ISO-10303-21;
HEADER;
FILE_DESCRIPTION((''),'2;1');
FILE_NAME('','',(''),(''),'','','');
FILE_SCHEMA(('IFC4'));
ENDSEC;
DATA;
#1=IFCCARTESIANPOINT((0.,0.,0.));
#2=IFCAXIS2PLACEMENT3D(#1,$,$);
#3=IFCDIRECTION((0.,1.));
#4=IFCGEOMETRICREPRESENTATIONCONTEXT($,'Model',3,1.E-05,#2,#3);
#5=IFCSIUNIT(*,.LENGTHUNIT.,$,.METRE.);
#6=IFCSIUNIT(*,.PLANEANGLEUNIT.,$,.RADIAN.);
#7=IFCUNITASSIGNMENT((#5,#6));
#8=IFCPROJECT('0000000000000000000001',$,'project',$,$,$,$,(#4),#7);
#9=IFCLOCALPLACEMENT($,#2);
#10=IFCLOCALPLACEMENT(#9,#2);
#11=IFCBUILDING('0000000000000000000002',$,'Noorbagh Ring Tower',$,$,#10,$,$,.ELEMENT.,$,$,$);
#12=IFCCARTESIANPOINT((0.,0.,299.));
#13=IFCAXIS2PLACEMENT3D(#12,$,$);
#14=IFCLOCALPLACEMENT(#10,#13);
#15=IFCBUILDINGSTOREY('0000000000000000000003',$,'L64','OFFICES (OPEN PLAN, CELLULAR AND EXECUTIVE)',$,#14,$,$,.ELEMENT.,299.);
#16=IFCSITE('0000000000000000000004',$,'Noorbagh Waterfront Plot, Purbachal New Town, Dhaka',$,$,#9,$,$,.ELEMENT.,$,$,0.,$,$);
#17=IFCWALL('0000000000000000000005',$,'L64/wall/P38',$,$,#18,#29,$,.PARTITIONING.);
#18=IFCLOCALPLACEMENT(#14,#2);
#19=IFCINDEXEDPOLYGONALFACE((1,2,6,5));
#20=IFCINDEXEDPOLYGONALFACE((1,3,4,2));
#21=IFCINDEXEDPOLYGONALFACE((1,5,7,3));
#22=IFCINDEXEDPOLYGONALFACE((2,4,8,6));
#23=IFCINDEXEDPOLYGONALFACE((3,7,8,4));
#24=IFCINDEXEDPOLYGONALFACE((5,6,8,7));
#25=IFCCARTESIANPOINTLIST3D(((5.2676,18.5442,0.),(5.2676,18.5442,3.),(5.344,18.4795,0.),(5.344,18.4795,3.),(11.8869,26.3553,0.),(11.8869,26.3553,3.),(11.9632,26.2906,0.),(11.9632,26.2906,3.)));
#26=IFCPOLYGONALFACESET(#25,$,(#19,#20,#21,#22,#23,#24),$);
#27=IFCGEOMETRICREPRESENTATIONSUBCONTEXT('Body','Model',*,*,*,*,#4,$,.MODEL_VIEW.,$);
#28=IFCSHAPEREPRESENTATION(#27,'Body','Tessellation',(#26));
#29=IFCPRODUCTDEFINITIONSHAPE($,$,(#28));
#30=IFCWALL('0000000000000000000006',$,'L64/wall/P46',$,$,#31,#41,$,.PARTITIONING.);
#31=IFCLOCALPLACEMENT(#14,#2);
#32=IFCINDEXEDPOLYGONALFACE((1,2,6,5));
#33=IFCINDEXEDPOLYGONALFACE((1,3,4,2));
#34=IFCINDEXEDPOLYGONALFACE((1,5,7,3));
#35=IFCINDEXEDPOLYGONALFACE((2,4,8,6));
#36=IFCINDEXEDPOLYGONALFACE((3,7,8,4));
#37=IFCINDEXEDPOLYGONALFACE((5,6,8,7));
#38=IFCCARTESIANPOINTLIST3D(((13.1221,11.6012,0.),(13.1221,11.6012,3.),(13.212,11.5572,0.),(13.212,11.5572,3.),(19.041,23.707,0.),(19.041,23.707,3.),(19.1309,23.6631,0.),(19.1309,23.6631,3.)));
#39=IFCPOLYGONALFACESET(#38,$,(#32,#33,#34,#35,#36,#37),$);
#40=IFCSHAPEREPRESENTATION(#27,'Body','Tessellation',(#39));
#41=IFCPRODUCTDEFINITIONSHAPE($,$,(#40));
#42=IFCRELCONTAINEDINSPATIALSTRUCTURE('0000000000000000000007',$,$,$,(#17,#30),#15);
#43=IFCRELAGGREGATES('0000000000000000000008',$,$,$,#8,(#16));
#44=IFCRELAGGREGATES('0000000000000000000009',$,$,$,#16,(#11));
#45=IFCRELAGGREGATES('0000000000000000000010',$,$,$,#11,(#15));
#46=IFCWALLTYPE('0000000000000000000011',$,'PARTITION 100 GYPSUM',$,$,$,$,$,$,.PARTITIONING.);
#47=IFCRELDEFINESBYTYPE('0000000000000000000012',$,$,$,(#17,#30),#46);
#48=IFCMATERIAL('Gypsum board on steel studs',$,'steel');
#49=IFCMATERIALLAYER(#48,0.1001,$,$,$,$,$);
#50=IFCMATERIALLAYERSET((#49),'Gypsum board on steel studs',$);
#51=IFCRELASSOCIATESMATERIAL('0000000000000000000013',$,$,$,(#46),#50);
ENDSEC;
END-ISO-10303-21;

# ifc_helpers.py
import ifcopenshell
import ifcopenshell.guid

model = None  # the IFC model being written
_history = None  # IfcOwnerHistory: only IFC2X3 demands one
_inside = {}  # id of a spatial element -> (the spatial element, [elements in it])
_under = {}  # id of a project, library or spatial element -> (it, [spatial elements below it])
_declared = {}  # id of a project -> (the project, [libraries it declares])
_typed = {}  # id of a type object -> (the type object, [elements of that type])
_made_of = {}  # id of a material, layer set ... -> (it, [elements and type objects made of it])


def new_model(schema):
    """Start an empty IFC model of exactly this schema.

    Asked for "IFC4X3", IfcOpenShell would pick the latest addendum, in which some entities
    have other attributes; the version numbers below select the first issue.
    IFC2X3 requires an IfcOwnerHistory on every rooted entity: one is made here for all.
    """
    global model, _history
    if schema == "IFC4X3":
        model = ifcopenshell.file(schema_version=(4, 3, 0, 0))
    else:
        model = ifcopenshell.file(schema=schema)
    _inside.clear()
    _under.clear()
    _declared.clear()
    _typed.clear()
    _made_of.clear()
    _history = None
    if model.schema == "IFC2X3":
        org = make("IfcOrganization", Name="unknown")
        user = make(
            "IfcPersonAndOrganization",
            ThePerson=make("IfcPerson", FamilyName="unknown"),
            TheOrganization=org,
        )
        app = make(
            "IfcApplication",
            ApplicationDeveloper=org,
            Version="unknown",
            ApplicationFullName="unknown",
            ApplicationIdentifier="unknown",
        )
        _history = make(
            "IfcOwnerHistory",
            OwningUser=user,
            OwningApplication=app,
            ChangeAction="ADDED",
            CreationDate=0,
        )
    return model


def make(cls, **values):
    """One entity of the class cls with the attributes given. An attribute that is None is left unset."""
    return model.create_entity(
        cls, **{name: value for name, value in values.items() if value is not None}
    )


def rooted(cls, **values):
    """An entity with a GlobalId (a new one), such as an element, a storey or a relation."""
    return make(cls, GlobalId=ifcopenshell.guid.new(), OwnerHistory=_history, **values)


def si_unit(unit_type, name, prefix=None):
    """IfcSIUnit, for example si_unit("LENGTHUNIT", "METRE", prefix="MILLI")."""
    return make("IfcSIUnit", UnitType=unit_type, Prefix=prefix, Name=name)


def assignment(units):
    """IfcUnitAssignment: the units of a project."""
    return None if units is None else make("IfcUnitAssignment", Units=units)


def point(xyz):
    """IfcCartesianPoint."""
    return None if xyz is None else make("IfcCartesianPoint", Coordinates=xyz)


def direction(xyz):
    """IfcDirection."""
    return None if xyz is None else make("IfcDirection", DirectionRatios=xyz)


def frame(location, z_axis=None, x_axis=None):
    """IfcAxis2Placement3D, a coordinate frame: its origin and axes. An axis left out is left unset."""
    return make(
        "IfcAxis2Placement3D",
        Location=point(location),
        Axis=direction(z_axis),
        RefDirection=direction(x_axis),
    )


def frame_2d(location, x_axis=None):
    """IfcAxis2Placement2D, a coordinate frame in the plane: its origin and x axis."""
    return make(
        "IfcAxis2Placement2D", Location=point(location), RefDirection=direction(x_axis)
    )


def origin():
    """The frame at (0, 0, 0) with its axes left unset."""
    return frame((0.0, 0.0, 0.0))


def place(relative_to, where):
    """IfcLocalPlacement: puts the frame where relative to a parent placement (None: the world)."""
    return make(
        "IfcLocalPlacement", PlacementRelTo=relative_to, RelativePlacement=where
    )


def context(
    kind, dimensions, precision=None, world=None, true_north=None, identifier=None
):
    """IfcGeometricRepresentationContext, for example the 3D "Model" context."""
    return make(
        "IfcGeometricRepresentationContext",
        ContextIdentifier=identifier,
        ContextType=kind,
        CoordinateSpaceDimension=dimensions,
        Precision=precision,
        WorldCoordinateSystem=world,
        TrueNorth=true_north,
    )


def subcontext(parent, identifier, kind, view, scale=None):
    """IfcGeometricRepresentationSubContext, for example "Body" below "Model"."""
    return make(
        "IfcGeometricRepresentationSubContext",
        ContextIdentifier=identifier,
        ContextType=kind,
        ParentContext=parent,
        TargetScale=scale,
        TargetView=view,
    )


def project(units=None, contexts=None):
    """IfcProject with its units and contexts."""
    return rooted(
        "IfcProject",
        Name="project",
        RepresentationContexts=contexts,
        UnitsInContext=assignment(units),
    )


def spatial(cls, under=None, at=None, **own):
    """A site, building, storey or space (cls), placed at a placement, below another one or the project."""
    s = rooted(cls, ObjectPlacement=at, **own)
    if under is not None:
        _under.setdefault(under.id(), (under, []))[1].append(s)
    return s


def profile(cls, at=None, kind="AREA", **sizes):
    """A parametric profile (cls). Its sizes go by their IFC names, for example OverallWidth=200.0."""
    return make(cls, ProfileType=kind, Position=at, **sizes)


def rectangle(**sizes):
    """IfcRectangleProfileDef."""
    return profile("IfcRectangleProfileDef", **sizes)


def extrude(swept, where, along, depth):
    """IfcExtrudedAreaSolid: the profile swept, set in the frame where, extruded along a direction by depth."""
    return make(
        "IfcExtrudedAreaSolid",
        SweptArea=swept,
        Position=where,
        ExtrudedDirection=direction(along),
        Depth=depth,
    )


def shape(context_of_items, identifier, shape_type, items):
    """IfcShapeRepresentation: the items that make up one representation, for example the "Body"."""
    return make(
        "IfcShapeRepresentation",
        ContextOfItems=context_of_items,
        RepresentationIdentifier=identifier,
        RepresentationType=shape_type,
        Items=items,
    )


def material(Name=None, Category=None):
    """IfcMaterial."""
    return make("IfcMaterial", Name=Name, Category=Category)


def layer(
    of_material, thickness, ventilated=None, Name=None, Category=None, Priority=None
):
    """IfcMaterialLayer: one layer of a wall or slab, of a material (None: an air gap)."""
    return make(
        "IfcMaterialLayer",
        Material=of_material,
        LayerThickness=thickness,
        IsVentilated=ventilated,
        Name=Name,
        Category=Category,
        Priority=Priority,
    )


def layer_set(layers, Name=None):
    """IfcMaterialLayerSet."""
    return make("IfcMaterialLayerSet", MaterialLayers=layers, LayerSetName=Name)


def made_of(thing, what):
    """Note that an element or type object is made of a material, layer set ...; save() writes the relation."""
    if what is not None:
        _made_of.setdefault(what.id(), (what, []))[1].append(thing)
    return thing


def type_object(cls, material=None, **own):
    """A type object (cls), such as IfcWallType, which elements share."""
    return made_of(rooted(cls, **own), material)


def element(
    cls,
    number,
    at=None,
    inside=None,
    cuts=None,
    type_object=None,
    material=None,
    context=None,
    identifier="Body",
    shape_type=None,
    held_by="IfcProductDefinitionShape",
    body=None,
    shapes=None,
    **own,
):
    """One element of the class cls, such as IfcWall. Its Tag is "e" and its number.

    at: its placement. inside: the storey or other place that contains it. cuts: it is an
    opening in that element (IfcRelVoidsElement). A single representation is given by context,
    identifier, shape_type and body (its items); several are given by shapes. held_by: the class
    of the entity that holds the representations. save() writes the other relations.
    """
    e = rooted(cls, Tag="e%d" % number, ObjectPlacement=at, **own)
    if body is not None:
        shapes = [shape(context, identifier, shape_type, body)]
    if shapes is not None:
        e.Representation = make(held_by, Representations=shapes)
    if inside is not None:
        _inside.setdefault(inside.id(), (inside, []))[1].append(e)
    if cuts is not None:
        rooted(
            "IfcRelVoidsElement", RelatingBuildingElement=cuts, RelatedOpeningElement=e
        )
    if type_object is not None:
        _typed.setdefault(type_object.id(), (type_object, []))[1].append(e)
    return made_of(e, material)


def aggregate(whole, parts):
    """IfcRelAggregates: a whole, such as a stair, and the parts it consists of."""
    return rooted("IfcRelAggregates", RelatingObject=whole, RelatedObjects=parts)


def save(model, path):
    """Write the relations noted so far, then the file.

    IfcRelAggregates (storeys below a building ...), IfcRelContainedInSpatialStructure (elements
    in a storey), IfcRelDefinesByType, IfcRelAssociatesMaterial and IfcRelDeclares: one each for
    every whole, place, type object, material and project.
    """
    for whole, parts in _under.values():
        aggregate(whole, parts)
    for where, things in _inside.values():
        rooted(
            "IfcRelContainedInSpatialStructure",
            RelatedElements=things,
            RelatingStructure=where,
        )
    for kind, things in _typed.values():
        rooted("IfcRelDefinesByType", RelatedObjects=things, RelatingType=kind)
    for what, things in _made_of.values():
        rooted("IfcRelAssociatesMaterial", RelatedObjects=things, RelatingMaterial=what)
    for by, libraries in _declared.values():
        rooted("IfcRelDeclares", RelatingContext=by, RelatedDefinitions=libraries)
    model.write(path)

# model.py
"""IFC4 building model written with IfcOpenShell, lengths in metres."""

from ifc_helpers import new_model, si_unit, direction, frame, frame_2d, origin, place, context, subcontext, project, spatial, rectangle, extrude, material, layer, layer_set, type_object, element, save


model = new_model("IFC4")

# Units and contexts
model_context = context("Model", 3, precision=1e-05, world=origin(), true_north=direction((0.0, 1.0)))
body_context = subcontext(model_context, "Body", "Model", "MODEL_VIEW")
ifc_project = project(units=[si_unit("LENGTHUNIT", "METRE"), si_unit("PLANEANGLEUNIT", "RADIAN")], contexts=[model_context])

# Site, building, storey
site_placement = place(None, origin())
site = spatial("IfcSite", under=ifc_project, at=site_placement, Name="Noorbagh Waterfront Plot, Purbachal New Town, Dhaka", CompositionType="ELEMENT", RefElevation=0.0)
building_placement = place(site_placement, origin())
building = spatial("IfcBuilding", under=site, at=building_placement, Name="Noorbagh Ring Tower", CompositionType="ELEMENT")
storey_placement = place(building_placement, frame((0.0, 0.0, 299.0)))
storey = spatial("IfcBuildingStorey", under=building, at=storey_placement, Name="L64", Description="OFFICES (OPEN PLAN, CELLULAR AND EXECUTIVE)", CompositionType="ELEMENT", Elevation=299.0)

# Walls
ifc_material_1 = material(Name="Gypsum board on steel studs", Category="steel")
ifc_layer_1 = layer(ifc_material_1, 0.1001)
ifc_layer_set_1 = layer_set([ifc_layer_1], Name="Gypsum board on steel studs")
wall_type_1 = type_object("IfcWallType", Name="PARTITION 100 GYPSUM", PredefinedType="PARTITIONING", material=ifc_layer_set_1)
wall_1_placement = place(storey_placement, frame((5.3059, 18.512, 0.0), z_axis=(0.0, 0.0, 1.0), x_axis=(0.6465, 0.762914, 0.0)))
element("IfcWall", 1, at=wall_1_placement, inside=storey, type_object=wall_type_1, Name="L64/wall/P38", PredefinedType="PARTITIONING", context=body_context, shape_type="SweptSolid", body=[
    extrude(rectangle(XDim=10.2385, YDim=0.1001, at=frame_2d((5.1191, 0.0))), origin(), (0.0, 0.0, 1.0), 3.0),
])
wall_2_placement = place(storey_placement, frame((13.167, 11.5791, 0.0), z_axis=(0.0, 0.0, 1.0), x_axis=(0.439239, 0.89837, 0.0)))
element("IfcWall", 2, at=wall_2_placement, inside=storey, type_object=wall_type_1, Name="L64/wall/P46", PredefinedType="PARTITIONING", context=body_context, shape_type="SweptSolid", body=[
    extrude(rectangle(XDim=13.4753, YDim=0.1001, at=frame_2d((6.7378, 0.0))), origin(), (0.0, 0.0, 1.0), 3.0),
])

save(model, "model.ifc")
